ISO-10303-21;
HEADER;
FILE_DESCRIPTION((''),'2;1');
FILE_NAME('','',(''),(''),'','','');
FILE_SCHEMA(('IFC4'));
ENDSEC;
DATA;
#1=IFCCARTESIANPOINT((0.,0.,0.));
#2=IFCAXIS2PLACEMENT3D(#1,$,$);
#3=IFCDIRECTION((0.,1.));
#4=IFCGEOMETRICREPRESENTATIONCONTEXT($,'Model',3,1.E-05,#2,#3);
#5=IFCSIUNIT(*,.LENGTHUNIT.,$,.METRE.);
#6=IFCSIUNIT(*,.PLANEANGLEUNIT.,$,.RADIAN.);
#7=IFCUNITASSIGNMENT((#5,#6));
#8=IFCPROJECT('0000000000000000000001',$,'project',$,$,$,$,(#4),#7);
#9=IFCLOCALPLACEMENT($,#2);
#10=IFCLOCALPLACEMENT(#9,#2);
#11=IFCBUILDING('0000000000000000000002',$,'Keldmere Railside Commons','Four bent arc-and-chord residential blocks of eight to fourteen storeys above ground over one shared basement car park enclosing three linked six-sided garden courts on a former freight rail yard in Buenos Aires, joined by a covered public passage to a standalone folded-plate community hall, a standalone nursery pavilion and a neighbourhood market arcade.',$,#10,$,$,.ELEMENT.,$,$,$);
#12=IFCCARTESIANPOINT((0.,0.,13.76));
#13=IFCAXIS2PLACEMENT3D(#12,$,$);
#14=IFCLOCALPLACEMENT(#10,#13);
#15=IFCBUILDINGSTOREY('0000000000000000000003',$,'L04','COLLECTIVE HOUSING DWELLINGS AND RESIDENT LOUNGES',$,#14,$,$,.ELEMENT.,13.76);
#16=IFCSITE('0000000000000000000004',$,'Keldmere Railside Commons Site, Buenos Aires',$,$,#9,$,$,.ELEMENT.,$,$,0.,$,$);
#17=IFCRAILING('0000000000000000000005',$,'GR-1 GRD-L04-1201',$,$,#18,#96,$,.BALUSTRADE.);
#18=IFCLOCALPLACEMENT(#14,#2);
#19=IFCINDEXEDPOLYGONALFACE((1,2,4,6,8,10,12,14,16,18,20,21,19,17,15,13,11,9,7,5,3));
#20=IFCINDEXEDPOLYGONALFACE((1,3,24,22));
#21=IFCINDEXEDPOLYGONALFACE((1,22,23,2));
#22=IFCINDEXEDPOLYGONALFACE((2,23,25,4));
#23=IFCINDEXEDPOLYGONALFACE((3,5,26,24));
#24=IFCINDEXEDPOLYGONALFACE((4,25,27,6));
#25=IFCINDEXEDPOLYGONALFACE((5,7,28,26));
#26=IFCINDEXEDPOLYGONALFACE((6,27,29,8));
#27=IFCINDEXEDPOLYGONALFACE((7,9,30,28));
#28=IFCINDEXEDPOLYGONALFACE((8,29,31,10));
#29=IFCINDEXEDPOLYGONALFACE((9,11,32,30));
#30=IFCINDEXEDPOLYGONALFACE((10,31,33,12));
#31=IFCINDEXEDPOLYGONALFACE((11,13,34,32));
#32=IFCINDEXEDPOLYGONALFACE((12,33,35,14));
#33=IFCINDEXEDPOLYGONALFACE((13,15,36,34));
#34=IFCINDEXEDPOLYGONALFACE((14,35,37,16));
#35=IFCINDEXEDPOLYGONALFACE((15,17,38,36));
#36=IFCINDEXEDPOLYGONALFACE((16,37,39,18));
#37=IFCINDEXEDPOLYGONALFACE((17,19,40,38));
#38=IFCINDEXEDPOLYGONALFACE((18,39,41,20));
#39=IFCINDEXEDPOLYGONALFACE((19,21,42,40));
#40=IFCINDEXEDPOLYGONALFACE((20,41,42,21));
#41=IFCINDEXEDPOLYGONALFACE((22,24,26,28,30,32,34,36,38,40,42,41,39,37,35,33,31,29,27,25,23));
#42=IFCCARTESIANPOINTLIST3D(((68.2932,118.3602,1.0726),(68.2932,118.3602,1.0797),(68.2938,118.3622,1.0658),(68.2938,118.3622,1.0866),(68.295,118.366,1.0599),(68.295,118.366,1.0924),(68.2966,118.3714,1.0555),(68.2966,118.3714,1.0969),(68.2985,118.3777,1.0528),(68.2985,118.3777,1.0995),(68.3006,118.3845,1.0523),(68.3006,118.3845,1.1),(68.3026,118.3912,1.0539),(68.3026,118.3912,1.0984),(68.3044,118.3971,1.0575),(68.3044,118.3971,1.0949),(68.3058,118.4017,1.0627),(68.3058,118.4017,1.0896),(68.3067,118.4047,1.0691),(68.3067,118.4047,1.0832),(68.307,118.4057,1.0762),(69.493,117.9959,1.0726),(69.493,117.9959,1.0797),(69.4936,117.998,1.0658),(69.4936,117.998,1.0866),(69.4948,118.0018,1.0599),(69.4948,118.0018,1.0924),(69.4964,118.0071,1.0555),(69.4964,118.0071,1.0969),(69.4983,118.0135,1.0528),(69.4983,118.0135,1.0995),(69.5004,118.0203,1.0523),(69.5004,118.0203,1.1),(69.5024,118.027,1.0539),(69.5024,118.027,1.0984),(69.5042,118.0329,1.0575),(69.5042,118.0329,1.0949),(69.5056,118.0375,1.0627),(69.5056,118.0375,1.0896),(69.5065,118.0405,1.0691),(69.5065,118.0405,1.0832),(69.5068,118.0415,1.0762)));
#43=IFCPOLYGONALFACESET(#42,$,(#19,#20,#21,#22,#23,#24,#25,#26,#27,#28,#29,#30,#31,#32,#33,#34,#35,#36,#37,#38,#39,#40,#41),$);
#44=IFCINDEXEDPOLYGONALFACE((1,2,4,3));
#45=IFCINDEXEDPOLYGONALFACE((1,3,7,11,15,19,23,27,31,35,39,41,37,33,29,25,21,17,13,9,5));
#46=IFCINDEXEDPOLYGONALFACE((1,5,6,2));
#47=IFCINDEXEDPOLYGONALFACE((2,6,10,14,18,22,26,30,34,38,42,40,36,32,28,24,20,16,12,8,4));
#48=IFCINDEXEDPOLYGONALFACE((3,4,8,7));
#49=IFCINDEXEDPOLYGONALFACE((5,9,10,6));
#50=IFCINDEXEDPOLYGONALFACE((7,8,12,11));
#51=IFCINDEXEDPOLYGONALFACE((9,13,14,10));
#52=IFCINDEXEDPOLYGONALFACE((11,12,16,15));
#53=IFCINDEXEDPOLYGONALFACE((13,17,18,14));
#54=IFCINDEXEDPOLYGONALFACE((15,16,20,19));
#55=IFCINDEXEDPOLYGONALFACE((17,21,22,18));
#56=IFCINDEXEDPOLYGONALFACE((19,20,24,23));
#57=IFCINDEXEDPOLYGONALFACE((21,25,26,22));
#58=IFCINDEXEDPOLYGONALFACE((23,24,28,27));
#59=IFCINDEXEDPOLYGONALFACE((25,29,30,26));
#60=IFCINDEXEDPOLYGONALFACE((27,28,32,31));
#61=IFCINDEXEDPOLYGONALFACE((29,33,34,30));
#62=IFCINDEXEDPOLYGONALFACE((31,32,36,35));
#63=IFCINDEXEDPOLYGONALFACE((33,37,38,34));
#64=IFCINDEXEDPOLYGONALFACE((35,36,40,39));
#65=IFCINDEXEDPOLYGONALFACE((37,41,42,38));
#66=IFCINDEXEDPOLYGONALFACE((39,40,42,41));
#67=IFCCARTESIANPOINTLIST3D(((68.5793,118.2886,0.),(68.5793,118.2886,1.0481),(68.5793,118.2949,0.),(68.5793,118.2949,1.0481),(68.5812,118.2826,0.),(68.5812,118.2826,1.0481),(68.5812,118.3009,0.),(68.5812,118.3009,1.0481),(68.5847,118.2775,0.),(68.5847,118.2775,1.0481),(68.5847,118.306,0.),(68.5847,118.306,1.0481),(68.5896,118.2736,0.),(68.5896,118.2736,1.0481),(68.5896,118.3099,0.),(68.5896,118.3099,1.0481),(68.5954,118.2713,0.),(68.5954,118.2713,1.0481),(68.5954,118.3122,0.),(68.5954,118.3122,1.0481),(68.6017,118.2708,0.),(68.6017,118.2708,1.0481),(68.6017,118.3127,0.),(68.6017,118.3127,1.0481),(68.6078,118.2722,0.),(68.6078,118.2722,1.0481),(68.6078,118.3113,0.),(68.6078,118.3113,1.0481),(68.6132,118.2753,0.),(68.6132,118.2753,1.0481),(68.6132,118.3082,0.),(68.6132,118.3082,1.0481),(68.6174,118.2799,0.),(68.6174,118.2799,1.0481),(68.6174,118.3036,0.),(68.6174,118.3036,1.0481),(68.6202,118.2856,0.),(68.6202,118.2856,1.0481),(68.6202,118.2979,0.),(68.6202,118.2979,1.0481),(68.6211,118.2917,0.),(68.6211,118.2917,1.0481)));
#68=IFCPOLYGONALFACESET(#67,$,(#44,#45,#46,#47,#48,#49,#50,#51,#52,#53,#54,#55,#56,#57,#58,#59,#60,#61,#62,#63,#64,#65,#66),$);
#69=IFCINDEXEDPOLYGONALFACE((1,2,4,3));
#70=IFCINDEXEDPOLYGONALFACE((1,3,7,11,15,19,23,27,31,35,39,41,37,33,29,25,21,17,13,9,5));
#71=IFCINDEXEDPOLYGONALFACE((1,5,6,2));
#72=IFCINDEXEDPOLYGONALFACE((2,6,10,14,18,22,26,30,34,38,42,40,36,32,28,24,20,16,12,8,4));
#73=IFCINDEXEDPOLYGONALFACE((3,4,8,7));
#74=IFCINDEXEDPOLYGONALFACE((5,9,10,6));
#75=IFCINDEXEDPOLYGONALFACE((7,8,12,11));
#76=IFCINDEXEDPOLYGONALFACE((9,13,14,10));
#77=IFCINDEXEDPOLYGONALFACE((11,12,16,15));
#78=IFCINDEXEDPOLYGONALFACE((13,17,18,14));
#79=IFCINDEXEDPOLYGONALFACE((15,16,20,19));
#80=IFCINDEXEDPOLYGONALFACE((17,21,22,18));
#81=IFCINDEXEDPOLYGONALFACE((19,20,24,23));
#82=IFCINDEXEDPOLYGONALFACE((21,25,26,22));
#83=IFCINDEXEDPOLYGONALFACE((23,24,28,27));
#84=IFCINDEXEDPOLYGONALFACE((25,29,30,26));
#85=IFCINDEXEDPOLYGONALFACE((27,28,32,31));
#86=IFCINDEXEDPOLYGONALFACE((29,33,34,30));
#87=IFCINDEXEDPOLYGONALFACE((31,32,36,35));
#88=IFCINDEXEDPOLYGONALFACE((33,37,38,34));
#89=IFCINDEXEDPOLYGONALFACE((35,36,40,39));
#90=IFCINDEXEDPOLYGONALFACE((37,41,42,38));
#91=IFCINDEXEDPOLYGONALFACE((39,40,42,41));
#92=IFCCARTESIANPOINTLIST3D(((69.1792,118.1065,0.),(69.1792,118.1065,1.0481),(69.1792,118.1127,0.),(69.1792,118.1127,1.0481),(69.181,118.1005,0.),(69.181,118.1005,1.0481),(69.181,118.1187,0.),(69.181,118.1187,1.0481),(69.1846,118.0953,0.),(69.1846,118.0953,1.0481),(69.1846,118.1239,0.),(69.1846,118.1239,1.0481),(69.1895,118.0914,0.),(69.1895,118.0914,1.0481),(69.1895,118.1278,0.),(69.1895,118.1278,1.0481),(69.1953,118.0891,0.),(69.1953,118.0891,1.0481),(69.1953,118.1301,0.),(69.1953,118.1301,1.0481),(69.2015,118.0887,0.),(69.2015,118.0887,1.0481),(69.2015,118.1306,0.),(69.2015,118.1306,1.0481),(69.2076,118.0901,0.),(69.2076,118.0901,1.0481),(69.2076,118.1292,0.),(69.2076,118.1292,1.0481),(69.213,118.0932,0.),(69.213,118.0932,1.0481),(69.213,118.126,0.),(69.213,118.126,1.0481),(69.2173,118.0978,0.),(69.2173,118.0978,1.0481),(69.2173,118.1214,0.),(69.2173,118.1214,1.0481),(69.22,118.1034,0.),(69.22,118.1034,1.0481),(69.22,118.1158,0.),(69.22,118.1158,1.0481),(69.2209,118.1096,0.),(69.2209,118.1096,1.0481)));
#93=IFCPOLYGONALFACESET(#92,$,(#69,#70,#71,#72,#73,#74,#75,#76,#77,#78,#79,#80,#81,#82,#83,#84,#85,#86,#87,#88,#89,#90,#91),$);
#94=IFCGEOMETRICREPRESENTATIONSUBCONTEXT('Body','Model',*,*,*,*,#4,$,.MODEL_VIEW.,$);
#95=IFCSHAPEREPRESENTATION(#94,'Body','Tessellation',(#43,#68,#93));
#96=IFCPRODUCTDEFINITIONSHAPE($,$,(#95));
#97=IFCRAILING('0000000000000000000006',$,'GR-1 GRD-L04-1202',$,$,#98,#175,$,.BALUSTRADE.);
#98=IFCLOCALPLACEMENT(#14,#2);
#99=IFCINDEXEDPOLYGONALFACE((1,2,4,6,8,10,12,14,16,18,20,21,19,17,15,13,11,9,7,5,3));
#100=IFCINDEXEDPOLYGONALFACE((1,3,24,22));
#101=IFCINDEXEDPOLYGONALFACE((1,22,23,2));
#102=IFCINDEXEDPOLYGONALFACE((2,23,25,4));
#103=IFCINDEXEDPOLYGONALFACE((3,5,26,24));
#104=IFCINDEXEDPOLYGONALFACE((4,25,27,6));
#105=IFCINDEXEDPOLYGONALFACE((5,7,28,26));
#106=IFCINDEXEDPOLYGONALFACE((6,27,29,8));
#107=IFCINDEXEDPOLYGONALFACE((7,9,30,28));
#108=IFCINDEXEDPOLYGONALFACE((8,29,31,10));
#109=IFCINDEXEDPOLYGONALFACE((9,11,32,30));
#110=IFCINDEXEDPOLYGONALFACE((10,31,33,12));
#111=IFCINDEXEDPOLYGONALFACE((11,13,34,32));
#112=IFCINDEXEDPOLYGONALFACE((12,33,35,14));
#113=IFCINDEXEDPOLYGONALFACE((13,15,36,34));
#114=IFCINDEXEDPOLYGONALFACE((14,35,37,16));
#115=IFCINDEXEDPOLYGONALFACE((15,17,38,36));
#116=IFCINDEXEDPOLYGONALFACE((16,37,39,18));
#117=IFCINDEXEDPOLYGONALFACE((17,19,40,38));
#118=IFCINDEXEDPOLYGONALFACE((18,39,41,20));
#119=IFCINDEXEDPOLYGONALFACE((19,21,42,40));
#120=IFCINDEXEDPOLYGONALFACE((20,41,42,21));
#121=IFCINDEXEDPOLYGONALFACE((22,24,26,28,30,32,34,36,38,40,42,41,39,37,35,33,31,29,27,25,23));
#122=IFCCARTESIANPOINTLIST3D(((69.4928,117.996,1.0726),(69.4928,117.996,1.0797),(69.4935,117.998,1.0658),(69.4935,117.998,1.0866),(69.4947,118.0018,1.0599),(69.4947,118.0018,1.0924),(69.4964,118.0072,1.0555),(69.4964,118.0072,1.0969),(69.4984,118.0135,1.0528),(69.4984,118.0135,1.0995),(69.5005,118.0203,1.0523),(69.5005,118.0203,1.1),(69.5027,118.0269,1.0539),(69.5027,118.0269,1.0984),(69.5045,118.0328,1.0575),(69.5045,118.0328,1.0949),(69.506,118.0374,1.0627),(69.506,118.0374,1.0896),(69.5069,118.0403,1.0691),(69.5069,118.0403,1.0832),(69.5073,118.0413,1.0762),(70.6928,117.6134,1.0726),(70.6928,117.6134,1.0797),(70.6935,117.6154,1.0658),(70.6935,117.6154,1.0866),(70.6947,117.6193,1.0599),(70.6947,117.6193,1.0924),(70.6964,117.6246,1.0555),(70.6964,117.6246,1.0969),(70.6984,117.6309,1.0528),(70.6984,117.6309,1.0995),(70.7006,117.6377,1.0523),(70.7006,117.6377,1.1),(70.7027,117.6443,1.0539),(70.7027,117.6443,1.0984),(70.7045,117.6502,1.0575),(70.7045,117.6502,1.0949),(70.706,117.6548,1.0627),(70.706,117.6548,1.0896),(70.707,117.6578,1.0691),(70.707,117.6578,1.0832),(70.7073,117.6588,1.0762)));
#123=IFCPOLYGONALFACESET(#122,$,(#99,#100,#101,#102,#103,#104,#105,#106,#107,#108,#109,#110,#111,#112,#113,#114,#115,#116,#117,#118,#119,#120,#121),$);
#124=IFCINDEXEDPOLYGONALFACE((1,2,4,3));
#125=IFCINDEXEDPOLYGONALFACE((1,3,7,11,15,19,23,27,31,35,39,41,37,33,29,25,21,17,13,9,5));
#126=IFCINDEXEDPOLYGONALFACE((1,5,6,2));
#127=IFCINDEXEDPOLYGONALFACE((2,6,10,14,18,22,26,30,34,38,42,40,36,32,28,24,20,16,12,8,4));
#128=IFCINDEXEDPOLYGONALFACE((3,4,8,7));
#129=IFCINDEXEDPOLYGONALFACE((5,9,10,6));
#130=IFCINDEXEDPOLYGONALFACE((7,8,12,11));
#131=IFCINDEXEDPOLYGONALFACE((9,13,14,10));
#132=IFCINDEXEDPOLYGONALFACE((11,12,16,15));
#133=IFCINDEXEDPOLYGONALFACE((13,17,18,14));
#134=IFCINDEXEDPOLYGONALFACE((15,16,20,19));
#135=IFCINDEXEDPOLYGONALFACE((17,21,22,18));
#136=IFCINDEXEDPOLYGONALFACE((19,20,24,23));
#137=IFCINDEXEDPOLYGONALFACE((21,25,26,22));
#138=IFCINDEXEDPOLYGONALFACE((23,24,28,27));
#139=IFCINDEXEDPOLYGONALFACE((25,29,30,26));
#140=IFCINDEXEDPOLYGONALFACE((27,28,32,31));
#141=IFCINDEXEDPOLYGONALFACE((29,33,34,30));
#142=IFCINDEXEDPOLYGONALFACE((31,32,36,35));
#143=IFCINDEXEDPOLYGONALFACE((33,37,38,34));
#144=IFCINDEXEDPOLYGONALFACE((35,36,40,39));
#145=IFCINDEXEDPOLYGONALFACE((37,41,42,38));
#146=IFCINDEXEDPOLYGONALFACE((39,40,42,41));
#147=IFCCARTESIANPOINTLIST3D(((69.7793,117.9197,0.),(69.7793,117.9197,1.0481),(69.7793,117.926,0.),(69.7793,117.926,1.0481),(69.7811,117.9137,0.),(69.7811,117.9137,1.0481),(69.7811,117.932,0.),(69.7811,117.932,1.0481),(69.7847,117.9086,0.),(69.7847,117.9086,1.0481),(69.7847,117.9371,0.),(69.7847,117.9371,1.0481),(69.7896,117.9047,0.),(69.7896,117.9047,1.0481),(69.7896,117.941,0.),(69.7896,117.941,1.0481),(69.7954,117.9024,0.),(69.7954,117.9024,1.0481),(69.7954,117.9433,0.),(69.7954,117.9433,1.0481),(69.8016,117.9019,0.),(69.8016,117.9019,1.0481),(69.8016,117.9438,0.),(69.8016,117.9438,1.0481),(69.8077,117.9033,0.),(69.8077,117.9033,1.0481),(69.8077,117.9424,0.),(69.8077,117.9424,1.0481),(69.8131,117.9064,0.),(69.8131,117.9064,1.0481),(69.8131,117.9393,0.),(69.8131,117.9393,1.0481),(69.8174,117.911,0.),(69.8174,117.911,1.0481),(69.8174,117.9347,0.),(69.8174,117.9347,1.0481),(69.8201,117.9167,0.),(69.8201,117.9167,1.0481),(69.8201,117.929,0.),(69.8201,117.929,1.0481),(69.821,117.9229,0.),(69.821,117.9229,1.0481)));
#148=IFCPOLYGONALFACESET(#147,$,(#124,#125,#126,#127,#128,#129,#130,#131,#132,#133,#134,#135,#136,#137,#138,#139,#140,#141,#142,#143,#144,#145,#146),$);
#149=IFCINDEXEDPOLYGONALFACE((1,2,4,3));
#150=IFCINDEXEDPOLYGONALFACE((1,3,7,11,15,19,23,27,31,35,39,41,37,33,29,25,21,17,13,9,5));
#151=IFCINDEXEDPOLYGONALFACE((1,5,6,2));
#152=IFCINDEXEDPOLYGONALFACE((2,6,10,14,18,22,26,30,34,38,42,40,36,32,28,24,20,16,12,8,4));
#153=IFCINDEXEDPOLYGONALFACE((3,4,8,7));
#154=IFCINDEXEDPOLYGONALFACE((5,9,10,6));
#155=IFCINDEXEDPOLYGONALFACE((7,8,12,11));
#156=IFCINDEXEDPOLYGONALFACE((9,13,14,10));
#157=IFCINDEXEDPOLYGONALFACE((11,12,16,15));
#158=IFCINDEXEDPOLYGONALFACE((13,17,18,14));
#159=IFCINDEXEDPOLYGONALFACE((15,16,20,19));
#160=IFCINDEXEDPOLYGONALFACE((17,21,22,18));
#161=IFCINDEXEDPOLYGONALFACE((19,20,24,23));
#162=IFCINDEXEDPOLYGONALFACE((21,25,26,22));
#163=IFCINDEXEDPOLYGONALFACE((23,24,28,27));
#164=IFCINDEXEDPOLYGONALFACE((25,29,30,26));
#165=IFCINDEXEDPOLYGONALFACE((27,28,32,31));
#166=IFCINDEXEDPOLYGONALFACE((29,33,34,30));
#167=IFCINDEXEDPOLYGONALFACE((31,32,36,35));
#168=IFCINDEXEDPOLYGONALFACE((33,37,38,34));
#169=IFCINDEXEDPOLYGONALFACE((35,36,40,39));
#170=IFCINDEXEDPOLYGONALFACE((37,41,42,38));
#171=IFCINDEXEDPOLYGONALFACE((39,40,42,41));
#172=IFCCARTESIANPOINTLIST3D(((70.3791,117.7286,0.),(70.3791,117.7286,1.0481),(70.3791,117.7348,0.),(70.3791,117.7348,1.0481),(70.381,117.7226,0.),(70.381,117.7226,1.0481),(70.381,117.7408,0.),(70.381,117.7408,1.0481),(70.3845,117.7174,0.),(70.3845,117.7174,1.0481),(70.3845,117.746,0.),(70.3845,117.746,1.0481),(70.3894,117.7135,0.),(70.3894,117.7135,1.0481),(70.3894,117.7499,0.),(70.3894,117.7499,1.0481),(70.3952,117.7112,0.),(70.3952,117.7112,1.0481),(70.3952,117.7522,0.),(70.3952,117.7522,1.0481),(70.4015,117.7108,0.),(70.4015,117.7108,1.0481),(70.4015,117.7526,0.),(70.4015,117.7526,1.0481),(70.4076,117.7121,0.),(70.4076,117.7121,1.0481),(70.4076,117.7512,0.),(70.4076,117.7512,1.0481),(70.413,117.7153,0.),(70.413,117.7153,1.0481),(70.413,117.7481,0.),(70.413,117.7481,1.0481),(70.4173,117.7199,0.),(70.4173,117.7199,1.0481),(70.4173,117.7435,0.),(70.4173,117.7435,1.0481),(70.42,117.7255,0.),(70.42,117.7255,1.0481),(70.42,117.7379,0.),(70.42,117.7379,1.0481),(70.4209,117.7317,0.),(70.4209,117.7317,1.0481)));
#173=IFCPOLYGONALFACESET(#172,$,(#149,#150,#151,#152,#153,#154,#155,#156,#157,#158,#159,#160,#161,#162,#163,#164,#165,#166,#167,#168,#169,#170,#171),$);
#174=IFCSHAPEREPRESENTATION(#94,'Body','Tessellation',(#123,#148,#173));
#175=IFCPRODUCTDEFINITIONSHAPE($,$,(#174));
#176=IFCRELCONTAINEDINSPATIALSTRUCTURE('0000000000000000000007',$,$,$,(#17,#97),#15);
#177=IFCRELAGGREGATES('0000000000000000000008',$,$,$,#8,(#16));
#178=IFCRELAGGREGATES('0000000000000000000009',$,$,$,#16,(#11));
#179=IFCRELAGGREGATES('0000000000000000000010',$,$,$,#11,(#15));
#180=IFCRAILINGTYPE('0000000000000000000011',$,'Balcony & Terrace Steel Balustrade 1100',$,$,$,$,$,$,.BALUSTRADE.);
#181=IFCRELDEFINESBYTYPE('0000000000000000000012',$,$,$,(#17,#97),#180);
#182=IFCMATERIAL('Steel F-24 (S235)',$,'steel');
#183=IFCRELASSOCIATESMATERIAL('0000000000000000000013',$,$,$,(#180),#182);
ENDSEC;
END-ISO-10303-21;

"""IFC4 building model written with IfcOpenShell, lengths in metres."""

from ifc_helpers import new_model, si_unit, direction, frame, origin, origin_2d, place, context, subcontext, project, spatial, circle, extrude, material, type_object, element, save


model = new_model("IFC4")

# Units and contexts
model_context = context("Model", 3, precision=1e-05, world=origin(), true_north=direction((0.0, 1.0)))
body_context = subcontext(model_context, "Body", "Model", "MODEL_VIEW")
ifc_project = project(units=[si_unit("LENGTHUNIT", "METRE"), si_unit("PLANEANGLEUNIT", "RADIAN")], contexts=[model_context])

# Site, building, storey
site_placement = place(None, origin())
site = spatial("IfcSite", under=ifc_project, at=site_placement, Name="Keldmere Railside Commons Site, Buenos Aires", CompositionType="ELEMENT", RefElevation=0.0)
building_placement = place(site_placement, origin())
building = spatial("IfcBuilding", under=site, at=building_placement, Name="Keldmere Railside Commons", Description="Four bent arc-and-chord residential blocks of eight to fourteen storeys above ground over one shared basement car park enclosing three linked six-sided garden courts on a former freight rail yard in Buenos Aires, joined by a covered public passage to a standalone folded-plate community hall, a standalone nursery pavilion and a neighbourhood market arcade.", CompositionType="ELEMENT")
storey_placement = place(building_placement, frame((0.0, 0.0, 13.76)))
storey = spatial("IfcBuildingStorey", under=building, at=storey_placement, Name="L04", Description="COLLECTIVE HOUSING DWELLINGS AND RESIDENT LOUNGES", CompositionType="ELEMENT", Elevation=13.76)

# Railings
ifc_material_1 = material(Name="Steel F-24 (S235)", Category="steel")
railing_type = type_object("IfcRailingType", Name="Balcony & Terrace Steel Balustrade 1100", PredefinedType="BALUSTRADE", material=ifc_material_1)
railing_1_placement = place(storey_placement, frame((68.3, 118.3828, 0.0)))
element("IfcRailing", 1, at=railing_1_placement, inside=storey, type_object=railing_type, Name="GR-1 GRD-L04-1201", PredefinedType="BALUSTRADE", context=body_context, shape_type="SweptSolid", body=[
    extrude(circle(Radius=0.0239, at=origin_2d()), frame((0.0, 0.0, 1.0762), z_axis=(0.956883, -0.290472, 0.0), x_axis=(0.290472, 0.956883, 0.0)), (0.0, 0.0, 1.0), 1.2539),
    extrude(circle(Radius=0.021, at=origin_2d()), frame((0.3, -0.0911, 0.0)), (0.0, 0.0, 1.0), 1.0481),
    extrude(circle(Radius=0.021, at=origin_2d()), frame((0.8999, -0.2732, 0.0)), (0.0, 0.0, 1.0), 1.0481),
])
railing_2_placement = place(storey_placement, frame((69.5, 118.0186, 0.0)))
element("IfcRailing", 2, at=railing_2_placement, inside=storey, type_object=railing_type, Name="GR-1 GRD-L04-1202", PredefinedType="BALUSTRADE", context=body_context, shape_type="SweptSolid", body=[
    extrude(circle(Radius=0.0239, at=origin_2d()), frame((0.0, 0.0, 1.0762), z_axis=(0.95275, -0.303756, 0.0), x_axis=(0.303756, 0.95275, 0.0)), (0.0, 0.0, 1.0), 1.2595),
    extrude(circle(Radius=0.021, at=origin_2d()), frame((0.3, -0.0957, 0.0)), (0.0, 0.0, 1.0), 1.0481),
    extrude(circle(Radius=0.021, at=origin_2d()), frame((0.8999, -0.2869, 0.0)), (0.0, 0.0, 1.0), 1.0481),
])

save(model, "model.ifc")
